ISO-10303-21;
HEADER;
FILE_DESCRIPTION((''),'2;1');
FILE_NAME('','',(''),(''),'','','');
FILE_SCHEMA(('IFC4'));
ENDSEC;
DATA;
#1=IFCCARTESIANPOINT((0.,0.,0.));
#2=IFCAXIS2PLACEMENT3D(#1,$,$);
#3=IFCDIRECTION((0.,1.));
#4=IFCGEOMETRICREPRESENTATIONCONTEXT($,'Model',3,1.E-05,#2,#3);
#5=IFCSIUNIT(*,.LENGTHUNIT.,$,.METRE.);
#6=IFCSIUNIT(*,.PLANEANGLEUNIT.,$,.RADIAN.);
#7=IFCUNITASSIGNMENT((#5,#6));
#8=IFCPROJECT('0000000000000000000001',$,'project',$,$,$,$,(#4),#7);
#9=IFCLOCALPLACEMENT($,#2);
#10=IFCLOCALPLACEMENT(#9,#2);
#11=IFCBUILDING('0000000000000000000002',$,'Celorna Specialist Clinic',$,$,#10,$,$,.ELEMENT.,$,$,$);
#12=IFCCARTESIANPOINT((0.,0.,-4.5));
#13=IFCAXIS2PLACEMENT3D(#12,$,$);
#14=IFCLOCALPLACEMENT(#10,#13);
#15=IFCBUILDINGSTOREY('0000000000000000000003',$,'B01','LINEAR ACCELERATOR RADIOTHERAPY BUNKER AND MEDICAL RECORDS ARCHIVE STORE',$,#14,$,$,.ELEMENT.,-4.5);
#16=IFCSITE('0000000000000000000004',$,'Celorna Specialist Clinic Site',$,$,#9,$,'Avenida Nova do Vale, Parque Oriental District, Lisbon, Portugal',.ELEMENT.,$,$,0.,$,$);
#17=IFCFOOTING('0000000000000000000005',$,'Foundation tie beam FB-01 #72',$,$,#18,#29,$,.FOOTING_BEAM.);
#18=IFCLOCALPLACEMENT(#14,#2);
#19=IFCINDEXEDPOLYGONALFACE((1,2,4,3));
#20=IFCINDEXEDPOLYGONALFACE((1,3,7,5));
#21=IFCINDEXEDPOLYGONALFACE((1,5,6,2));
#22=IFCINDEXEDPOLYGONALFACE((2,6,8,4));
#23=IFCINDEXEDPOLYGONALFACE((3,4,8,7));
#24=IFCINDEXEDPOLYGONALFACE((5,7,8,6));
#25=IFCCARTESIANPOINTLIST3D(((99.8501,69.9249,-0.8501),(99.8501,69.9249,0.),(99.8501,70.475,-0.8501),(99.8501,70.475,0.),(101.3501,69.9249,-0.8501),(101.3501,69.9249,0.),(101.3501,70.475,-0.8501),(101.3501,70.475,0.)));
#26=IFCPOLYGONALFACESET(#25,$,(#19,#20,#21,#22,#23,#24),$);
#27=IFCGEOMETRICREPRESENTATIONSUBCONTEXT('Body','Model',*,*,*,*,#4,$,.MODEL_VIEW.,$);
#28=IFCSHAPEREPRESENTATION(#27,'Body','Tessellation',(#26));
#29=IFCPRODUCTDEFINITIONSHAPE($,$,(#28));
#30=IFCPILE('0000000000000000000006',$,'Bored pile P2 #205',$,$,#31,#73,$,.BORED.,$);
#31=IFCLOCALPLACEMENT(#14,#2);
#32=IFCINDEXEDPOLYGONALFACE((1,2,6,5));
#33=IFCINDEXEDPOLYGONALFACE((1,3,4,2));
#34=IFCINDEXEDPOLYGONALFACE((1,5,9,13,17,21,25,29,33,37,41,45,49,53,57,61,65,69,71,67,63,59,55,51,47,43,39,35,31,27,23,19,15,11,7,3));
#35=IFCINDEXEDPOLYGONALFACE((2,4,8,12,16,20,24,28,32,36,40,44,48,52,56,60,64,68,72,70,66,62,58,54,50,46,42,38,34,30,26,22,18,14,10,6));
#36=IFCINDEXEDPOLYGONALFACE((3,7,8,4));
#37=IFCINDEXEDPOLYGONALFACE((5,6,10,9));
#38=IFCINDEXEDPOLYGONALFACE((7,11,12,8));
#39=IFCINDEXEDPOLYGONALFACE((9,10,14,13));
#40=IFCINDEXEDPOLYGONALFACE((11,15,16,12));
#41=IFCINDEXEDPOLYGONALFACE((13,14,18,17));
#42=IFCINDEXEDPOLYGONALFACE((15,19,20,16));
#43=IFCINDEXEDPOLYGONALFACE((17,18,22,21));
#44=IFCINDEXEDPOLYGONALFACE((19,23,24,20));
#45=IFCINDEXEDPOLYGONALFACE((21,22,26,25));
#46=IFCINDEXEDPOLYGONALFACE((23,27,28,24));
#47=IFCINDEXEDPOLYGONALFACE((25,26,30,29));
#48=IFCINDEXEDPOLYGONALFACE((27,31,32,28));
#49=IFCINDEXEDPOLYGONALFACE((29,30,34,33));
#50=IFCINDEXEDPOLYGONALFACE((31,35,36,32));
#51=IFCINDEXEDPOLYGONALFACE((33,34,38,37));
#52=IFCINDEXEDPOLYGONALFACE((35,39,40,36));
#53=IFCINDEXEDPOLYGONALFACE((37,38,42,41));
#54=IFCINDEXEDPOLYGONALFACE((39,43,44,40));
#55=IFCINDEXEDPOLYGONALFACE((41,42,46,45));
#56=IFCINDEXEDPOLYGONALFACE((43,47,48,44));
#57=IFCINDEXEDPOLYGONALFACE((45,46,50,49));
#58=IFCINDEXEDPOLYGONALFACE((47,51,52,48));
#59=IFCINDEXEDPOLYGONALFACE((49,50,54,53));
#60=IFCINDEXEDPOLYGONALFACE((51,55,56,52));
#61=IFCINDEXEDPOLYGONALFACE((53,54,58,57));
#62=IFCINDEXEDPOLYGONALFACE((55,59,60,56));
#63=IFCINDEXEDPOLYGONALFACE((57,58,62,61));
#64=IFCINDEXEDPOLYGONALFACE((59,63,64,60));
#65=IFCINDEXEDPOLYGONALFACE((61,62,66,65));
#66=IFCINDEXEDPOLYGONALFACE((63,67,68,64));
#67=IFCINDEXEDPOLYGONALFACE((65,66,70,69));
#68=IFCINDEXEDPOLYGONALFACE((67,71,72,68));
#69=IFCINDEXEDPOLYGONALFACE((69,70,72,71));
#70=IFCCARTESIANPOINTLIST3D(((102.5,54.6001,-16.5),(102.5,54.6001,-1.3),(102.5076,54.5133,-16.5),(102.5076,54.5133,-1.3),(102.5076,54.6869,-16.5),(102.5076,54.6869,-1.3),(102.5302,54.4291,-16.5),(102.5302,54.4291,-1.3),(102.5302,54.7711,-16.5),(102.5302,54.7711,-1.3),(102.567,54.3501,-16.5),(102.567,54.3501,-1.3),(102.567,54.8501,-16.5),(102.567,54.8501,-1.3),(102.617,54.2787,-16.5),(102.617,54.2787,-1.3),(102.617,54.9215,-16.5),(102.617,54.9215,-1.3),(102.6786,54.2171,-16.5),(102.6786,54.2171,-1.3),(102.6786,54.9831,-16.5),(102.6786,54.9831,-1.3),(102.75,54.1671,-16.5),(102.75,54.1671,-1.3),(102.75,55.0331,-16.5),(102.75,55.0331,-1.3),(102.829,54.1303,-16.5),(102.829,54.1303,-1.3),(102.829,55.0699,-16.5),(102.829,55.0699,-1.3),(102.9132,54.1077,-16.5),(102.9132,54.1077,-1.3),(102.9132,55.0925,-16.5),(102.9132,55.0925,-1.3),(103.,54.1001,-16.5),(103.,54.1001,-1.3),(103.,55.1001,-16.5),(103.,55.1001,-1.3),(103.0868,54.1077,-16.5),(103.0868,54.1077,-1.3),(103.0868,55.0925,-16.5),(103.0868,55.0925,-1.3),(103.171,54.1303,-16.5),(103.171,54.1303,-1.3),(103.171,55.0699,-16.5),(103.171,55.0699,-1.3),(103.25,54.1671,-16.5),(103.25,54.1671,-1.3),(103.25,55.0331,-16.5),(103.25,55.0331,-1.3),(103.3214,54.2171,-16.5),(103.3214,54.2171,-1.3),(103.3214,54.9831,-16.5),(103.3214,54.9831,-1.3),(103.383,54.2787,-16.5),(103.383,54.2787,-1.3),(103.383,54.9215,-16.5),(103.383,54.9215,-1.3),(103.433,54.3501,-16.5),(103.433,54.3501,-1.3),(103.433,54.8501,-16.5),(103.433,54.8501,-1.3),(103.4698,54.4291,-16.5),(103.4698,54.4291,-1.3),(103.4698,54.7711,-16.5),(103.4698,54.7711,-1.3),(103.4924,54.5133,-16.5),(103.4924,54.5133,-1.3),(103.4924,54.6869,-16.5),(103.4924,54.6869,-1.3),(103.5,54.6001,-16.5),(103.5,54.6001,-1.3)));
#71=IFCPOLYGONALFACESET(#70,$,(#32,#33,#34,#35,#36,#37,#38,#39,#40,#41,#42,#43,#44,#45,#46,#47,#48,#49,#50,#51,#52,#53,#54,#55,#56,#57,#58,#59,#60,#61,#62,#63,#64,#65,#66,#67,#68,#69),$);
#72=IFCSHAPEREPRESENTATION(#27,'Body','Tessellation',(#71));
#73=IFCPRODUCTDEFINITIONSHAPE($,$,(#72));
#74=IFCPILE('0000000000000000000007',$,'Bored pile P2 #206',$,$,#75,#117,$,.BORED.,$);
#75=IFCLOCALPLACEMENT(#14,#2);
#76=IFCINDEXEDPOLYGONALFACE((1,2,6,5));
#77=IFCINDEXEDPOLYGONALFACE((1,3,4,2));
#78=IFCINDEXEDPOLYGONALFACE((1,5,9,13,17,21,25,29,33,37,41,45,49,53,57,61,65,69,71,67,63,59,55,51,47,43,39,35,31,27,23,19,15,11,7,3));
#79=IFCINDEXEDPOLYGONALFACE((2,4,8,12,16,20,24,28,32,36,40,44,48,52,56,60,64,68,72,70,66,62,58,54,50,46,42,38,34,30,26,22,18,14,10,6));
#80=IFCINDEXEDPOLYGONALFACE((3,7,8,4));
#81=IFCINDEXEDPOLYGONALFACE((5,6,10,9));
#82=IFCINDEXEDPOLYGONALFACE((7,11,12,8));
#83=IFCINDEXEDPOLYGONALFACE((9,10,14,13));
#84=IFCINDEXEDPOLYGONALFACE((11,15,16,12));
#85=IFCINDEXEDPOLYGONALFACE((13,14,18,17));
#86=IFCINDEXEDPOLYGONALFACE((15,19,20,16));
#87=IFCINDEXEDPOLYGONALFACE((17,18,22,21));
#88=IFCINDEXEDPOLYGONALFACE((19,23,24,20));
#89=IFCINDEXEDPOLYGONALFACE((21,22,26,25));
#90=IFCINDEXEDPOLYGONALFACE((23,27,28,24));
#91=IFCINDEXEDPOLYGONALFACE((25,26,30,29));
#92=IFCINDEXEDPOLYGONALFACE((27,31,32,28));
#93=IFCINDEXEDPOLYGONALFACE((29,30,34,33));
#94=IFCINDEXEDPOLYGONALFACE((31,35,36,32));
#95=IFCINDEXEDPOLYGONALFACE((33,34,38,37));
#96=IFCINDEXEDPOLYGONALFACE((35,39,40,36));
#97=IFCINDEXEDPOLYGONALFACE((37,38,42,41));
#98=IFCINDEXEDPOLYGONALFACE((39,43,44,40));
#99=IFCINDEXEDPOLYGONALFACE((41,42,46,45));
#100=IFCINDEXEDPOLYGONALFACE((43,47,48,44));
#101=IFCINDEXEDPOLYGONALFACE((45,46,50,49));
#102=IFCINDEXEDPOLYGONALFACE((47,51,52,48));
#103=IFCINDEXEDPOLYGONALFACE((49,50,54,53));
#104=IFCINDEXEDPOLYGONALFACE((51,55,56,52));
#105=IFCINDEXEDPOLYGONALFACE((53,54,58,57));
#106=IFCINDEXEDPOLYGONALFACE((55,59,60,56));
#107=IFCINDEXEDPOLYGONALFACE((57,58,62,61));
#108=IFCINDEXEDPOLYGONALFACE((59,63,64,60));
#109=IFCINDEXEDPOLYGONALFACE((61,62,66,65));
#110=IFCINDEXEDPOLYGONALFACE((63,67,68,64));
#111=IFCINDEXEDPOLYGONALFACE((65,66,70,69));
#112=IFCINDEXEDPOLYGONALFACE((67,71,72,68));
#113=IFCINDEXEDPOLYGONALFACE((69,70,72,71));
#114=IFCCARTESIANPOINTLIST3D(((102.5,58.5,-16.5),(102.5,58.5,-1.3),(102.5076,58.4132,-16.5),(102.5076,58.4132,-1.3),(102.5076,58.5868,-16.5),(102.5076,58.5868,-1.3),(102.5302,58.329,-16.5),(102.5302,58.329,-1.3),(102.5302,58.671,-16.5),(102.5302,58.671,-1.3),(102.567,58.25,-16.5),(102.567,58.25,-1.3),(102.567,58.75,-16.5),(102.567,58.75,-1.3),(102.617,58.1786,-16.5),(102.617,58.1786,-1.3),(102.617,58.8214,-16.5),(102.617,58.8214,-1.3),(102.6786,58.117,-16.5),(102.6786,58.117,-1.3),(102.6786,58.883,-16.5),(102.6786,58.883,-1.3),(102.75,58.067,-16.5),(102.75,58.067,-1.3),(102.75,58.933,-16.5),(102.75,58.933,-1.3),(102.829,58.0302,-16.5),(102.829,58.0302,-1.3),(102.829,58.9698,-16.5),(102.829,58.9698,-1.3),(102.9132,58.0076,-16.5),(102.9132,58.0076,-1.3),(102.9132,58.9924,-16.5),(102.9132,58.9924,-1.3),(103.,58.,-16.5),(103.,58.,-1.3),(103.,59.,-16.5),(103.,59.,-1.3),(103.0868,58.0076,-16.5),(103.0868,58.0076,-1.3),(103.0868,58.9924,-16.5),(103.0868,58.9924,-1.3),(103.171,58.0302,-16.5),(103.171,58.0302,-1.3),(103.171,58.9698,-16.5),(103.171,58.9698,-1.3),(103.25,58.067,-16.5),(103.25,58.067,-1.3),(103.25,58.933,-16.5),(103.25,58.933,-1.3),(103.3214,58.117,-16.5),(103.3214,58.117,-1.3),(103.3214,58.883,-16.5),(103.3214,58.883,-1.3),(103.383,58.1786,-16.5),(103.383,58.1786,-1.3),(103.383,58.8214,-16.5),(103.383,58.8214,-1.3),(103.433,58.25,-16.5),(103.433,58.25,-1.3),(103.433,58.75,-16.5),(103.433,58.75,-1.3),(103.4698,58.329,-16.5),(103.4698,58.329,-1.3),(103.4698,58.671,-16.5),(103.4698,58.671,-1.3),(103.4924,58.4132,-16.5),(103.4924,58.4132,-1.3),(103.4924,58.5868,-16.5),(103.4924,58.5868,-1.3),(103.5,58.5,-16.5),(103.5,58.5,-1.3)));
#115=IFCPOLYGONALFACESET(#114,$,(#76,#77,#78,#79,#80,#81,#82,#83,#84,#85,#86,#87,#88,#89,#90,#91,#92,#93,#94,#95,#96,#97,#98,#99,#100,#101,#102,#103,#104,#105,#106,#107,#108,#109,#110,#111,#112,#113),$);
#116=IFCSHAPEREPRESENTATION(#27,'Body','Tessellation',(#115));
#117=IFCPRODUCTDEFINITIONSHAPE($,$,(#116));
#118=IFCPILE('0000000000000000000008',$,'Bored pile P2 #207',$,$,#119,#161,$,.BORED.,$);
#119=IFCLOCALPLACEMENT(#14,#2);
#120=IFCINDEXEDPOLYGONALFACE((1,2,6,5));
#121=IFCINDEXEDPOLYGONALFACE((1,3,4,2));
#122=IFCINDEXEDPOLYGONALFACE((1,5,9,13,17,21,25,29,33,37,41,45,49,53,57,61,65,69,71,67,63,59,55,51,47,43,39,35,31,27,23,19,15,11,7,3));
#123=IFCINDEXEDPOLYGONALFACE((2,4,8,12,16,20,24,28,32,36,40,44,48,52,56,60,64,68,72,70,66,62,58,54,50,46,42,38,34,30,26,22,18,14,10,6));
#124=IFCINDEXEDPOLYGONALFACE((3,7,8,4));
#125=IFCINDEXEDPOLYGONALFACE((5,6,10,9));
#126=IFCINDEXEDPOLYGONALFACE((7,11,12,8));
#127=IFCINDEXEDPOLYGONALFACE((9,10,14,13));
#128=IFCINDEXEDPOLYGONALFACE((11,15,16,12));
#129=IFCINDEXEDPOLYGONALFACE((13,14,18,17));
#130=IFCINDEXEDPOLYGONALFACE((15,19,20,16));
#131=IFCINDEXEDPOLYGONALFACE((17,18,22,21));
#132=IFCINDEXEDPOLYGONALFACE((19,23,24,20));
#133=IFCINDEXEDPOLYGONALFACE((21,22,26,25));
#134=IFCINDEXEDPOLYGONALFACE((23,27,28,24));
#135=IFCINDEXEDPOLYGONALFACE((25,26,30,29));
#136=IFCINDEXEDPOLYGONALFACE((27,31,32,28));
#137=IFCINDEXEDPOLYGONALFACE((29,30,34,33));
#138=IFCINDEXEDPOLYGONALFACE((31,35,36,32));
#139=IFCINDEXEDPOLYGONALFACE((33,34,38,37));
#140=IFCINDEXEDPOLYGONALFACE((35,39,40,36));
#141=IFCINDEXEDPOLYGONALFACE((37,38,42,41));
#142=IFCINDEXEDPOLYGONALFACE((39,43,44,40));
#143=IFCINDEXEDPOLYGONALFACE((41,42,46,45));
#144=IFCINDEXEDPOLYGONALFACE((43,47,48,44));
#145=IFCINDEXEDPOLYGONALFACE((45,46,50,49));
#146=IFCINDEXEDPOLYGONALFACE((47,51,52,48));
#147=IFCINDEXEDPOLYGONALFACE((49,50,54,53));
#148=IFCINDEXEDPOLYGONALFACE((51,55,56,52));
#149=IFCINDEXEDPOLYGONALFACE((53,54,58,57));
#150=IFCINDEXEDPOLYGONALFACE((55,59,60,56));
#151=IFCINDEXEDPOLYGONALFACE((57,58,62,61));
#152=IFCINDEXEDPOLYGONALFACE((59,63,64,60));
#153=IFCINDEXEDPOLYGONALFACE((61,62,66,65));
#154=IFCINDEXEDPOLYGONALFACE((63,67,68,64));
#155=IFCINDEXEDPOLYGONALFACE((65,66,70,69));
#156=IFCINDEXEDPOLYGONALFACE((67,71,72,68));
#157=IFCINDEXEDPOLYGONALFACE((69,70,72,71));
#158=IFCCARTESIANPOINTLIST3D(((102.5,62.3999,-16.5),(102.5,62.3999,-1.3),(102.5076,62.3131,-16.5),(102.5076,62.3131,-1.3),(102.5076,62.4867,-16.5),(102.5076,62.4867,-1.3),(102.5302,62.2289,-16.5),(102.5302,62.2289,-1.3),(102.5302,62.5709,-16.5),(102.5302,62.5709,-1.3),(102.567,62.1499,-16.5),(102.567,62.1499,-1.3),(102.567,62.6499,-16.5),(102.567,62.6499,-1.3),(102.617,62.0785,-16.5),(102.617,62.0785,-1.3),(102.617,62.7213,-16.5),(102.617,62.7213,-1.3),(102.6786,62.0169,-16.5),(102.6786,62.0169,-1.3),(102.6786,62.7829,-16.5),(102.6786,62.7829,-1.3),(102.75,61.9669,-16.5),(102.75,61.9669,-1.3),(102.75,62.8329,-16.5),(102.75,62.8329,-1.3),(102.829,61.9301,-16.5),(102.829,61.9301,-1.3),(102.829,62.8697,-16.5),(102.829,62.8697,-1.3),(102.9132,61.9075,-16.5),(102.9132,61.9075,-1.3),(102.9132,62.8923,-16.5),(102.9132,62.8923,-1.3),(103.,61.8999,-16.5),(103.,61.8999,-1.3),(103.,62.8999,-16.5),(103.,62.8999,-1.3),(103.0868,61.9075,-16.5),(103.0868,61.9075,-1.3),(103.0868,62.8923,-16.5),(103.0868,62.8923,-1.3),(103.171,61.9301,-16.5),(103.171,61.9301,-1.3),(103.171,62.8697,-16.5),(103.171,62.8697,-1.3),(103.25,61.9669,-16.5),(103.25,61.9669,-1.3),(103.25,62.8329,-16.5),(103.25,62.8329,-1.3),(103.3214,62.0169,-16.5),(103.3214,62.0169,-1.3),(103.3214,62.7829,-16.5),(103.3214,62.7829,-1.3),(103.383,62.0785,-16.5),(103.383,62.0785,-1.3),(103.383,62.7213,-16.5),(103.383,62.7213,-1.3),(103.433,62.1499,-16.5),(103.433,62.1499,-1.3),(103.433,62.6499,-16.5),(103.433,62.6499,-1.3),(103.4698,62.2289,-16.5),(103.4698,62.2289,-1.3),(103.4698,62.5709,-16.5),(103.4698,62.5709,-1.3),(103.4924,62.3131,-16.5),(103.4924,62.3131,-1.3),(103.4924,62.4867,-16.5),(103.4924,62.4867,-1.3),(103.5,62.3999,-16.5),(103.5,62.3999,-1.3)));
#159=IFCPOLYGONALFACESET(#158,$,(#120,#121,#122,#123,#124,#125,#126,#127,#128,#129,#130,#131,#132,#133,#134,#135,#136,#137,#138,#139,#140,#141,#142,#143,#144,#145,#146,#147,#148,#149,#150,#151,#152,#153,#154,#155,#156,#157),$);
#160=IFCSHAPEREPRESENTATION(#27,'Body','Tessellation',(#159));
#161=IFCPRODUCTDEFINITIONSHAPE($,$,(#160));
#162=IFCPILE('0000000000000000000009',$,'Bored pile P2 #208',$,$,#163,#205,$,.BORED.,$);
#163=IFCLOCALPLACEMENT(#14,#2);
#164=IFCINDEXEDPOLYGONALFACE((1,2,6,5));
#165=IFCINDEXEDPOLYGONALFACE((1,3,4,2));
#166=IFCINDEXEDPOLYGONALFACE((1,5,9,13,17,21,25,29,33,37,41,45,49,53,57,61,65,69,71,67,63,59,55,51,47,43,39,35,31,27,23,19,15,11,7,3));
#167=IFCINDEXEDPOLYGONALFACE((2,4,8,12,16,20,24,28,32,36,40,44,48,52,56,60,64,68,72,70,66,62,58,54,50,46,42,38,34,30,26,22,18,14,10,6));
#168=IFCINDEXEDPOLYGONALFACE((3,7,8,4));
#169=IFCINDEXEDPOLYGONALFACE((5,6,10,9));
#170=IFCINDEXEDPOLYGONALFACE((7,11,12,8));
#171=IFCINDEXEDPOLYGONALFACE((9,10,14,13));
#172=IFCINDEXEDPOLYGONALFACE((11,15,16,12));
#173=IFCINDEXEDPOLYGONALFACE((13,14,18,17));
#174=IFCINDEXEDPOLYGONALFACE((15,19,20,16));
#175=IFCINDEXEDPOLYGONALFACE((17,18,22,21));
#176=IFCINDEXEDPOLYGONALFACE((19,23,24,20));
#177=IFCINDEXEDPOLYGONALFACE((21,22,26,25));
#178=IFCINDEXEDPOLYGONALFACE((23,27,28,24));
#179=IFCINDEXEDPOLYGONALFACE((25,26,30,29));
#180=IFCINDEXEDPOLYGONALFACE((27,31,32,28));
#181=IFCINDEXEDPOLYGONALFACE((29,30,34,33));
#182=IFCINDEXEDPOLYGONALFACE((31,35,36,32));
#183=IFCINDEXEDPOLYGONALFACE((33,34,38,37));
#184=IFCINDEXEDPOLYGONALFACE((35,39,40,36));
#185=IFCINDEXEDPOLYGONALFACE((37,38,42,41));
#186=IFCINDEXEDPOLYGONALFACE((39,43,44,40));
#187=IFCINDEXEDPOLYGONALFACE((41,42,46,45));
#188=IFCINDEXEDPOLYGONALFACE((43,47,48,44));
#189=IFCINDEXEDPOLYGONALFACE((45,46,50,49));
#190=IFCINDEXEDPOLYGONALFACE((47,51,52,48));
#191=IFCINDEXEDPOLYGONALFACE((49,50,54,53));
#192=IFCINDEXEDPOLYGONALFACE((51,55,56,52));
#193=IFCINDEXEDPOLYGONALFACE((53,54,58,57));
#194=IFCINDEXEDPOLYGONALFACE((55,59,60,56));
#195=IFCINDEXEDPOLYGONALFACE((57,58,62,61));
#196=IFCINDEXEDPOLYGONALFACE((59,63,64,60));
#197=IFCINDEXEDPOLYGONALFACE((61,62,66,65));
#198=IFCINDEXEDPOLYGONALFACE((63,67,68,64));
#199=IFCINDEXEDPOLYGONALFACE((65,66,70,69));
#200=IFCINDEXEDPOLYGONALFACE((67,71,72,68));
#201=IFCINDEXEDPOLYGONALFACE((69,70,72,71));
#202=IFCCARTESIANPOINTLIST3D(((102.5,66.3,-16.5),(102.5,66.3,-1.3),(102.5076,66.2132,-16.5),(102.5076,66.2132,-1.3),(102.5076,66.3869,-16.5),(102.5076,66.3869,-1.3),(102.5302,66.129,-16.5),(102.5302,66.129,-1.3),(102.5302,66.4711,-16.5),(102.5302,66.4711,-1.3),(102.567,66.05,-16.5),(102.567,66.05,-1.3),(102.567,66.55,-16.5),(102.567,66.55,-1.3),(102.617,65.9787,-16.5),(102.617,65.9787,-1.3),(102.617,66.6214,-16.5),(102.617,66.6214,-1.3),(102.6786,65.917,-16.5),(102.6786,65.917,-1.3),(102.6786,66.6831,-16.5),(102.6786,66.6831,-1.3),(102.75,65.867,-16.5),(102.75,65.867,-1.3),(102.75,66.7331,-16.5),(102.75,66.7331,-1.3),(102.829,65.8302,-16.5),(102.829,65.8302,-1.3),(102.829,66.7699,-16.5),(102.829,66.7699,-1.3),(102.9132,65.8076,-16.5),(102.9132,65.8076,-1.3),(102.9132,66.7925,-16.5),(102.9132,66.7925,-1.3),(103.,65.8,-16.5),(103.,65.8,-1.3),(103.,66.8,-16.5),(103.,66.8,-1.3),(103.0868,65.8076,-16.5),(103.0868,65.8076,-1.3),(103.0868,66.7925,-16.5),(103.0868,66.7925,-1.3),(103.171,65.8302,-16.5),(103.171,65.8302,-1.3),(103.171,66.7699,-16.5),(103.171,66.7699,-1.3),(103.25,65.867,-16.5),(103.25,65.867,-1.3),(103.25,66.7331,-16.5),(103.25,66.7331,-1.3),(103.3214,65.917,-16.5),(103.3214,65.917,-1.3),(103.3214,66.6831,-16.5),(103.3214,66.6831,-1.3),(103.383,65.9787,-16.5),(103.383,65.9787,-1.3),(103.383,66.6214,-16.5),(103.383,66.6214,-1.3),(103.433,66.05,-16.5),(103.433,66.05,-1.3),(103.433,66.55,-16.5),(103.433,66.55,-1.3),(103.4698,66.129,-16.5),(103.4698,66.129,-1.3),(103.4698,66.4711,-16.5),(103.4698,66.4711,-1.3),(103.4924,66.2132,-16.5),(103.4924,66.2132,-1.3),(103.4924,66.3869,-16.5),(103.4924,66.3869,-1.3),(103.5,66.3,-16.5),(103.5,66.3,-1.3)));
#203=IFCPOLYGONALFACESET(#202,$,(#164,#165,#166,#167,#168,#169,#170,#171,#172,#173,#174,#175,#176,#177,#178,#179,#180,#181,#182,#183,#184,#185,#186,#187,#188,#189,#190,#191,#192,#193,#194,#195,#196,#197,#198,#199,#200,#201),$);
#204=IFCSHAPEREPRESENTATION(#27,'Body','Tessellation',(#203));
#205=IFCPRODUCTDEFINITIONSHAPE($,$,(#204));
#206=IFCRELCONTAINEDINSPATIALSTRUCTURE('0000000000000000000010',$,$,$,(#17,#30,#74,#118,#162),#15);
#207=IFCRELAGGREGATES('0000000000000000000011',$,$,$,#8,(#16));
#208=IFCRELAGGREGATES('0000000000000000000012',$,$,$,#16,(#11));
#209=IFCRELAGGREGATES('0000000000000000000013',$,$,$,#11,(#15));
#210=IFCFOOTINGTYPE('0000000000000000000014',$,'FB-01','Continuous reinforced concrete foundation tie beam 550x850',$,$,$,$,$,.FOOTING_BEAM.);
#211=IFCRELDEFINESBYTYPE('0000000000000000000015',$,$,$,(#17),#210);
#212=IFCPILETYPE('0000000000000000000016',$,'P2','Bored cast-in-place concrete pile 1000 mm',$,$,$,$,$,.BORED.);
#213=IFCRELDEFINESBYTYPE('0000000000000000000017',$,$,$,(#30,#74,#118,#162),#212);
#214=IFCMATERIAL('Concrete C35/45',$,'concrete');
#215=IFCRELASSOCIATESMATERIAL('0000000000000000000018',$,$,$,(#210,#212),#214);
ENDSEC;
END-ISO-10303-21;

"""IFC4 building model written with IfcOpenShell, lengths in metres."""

from ifc_helpers import new_model, si_unit, direction, frame, origin, origin_2d, place, context, subcontext, project, spatial, rectangle, circle, extrude, material, material_profile, profile_set, type_object, element, save


model = new_model("IFC4")

# Units and contexts
model_context = context("Model", 3, precision=1e-05, world=origin(), true_north=direction((0.0, 1.0)))
body_context = subcontext(model_context, "Body", "Model", "MODEL_VIEW")
ifc_project = project(units=[si_unit("LENGTHUNIT", "METRE"), si_unit("PLANEANGLEUNIT", "RADIAN")], contexts=[model_context])

# Site, building, storey
site_placement = place(None, origin())
site = spatial("IfcSite", under=ifc_project, at=site_placement, Name="Celorna Specialist Clinic Site", LongName="Avenida Nova do Vale, Parque Oriental District, Lisbon, Portugal", CompositionType="ELEMENT", RefElevation=0.0)
building_placement = place(site_placement, origin())
building = spatial("IfcBuilding", under=site, at=building_placement, Name="Celorna Specialist Clinic", CompositionType="ELEMENT")
storey_placement = place(building_placement, frame((0.0, 0.0, -4.5)))
storey = spatial("IfcBuildingStorey", under=building, at=storey_placement, Name="B01", Description="LINEAR ACCELERATOR RADIOTHERAPY BUNKER AND MEDICAL RECORDS ARCHIVE STORE", CompositionType="ELEMENT", Elevation=-4.5)

# Footing
ifc_material_1 = material(Name="Concrete C35/45", Category="concrete")
footing_type_1 = type_object("IfcFootingType", Name="FB-01", Description="Continuous reinforced concrete foundation tie beam 550x850", PredefinedType="FOOTING_BEAM", material=ifc_material_1)
footing_1_placement = place(storey_placement, frame((100.6001, 70.2, -0.8501), z_axis=(0.0, 0.0, 1.0), x_axis=(1.0, 0.0, 0.0)))
element("IfcFooting", 1, at=footing_1_placement, inside=storey, type_object=footing_type_1, Name="Foundation tie beam FB-01 #72", PredefinedType="FOOTING_BEAM", context=body_context, shape_type="SweptSolid", body=[
    extrude(rectangle(XDim=1.5, YDim=0.55, at=origin_2d()), origin(), (0.0, 0.0, 1.0), 0.8501),
])

# Piles
ifc_material_profile_1 = material_profile(ifc_material_1, circle(Radius=0.5, at=origin_2d()), Name="BORED PILE 1000")
ifc_profile_set_1 = profile_set([ifc_material_profile_1], Name="Concrete C35/45")
pile_type_1 = type_object("IfcPileType", Name="P2", Description="Bored cast-in-place concrete pile 1000 mm", PredefinedType="BORED", material=ifc_profile_set_1)
for number, where, z_axis, x_axis, name in (
    (2, (103.0, 54.6001, -1.3), (0.0, 0.0, -1.0), (1.0, 0.0, 0.0), "Bored pile P2 #205"),
    (3, (103.0, 58.5, -1.3), (0.0, 0.0, -1.0), (1.0, 0.0, 0.0), "Bored pile P2 #206"),
    (4, (103.0, 62.3999, -1.3), (0.0, 0.0, -1.0), (1.0, 0.0, 0.0), "Bored pile P2 #207"),
    (5, (103.0, 66.3, -1.3), (0.0, 0.0, -1.0), (1.0, 0.0, 0.0), "Bored pile P2 #208"),
):
    element("IfcPile", number, at=place(storey_placement, frame(where, z_axis=z_axis, x_axis=x_axis)), inside=storey, type_object=pile_type_1, Name=name, PredefinedType="BORED", context=body_context, shape_type="SweptSolid", body=[
        extrude(circle(Radius=0.5, at=origin_2d()), origin(), (0.0, 0.0, 1.0), 15.2),
    ])

save(model, "model.ifc")
